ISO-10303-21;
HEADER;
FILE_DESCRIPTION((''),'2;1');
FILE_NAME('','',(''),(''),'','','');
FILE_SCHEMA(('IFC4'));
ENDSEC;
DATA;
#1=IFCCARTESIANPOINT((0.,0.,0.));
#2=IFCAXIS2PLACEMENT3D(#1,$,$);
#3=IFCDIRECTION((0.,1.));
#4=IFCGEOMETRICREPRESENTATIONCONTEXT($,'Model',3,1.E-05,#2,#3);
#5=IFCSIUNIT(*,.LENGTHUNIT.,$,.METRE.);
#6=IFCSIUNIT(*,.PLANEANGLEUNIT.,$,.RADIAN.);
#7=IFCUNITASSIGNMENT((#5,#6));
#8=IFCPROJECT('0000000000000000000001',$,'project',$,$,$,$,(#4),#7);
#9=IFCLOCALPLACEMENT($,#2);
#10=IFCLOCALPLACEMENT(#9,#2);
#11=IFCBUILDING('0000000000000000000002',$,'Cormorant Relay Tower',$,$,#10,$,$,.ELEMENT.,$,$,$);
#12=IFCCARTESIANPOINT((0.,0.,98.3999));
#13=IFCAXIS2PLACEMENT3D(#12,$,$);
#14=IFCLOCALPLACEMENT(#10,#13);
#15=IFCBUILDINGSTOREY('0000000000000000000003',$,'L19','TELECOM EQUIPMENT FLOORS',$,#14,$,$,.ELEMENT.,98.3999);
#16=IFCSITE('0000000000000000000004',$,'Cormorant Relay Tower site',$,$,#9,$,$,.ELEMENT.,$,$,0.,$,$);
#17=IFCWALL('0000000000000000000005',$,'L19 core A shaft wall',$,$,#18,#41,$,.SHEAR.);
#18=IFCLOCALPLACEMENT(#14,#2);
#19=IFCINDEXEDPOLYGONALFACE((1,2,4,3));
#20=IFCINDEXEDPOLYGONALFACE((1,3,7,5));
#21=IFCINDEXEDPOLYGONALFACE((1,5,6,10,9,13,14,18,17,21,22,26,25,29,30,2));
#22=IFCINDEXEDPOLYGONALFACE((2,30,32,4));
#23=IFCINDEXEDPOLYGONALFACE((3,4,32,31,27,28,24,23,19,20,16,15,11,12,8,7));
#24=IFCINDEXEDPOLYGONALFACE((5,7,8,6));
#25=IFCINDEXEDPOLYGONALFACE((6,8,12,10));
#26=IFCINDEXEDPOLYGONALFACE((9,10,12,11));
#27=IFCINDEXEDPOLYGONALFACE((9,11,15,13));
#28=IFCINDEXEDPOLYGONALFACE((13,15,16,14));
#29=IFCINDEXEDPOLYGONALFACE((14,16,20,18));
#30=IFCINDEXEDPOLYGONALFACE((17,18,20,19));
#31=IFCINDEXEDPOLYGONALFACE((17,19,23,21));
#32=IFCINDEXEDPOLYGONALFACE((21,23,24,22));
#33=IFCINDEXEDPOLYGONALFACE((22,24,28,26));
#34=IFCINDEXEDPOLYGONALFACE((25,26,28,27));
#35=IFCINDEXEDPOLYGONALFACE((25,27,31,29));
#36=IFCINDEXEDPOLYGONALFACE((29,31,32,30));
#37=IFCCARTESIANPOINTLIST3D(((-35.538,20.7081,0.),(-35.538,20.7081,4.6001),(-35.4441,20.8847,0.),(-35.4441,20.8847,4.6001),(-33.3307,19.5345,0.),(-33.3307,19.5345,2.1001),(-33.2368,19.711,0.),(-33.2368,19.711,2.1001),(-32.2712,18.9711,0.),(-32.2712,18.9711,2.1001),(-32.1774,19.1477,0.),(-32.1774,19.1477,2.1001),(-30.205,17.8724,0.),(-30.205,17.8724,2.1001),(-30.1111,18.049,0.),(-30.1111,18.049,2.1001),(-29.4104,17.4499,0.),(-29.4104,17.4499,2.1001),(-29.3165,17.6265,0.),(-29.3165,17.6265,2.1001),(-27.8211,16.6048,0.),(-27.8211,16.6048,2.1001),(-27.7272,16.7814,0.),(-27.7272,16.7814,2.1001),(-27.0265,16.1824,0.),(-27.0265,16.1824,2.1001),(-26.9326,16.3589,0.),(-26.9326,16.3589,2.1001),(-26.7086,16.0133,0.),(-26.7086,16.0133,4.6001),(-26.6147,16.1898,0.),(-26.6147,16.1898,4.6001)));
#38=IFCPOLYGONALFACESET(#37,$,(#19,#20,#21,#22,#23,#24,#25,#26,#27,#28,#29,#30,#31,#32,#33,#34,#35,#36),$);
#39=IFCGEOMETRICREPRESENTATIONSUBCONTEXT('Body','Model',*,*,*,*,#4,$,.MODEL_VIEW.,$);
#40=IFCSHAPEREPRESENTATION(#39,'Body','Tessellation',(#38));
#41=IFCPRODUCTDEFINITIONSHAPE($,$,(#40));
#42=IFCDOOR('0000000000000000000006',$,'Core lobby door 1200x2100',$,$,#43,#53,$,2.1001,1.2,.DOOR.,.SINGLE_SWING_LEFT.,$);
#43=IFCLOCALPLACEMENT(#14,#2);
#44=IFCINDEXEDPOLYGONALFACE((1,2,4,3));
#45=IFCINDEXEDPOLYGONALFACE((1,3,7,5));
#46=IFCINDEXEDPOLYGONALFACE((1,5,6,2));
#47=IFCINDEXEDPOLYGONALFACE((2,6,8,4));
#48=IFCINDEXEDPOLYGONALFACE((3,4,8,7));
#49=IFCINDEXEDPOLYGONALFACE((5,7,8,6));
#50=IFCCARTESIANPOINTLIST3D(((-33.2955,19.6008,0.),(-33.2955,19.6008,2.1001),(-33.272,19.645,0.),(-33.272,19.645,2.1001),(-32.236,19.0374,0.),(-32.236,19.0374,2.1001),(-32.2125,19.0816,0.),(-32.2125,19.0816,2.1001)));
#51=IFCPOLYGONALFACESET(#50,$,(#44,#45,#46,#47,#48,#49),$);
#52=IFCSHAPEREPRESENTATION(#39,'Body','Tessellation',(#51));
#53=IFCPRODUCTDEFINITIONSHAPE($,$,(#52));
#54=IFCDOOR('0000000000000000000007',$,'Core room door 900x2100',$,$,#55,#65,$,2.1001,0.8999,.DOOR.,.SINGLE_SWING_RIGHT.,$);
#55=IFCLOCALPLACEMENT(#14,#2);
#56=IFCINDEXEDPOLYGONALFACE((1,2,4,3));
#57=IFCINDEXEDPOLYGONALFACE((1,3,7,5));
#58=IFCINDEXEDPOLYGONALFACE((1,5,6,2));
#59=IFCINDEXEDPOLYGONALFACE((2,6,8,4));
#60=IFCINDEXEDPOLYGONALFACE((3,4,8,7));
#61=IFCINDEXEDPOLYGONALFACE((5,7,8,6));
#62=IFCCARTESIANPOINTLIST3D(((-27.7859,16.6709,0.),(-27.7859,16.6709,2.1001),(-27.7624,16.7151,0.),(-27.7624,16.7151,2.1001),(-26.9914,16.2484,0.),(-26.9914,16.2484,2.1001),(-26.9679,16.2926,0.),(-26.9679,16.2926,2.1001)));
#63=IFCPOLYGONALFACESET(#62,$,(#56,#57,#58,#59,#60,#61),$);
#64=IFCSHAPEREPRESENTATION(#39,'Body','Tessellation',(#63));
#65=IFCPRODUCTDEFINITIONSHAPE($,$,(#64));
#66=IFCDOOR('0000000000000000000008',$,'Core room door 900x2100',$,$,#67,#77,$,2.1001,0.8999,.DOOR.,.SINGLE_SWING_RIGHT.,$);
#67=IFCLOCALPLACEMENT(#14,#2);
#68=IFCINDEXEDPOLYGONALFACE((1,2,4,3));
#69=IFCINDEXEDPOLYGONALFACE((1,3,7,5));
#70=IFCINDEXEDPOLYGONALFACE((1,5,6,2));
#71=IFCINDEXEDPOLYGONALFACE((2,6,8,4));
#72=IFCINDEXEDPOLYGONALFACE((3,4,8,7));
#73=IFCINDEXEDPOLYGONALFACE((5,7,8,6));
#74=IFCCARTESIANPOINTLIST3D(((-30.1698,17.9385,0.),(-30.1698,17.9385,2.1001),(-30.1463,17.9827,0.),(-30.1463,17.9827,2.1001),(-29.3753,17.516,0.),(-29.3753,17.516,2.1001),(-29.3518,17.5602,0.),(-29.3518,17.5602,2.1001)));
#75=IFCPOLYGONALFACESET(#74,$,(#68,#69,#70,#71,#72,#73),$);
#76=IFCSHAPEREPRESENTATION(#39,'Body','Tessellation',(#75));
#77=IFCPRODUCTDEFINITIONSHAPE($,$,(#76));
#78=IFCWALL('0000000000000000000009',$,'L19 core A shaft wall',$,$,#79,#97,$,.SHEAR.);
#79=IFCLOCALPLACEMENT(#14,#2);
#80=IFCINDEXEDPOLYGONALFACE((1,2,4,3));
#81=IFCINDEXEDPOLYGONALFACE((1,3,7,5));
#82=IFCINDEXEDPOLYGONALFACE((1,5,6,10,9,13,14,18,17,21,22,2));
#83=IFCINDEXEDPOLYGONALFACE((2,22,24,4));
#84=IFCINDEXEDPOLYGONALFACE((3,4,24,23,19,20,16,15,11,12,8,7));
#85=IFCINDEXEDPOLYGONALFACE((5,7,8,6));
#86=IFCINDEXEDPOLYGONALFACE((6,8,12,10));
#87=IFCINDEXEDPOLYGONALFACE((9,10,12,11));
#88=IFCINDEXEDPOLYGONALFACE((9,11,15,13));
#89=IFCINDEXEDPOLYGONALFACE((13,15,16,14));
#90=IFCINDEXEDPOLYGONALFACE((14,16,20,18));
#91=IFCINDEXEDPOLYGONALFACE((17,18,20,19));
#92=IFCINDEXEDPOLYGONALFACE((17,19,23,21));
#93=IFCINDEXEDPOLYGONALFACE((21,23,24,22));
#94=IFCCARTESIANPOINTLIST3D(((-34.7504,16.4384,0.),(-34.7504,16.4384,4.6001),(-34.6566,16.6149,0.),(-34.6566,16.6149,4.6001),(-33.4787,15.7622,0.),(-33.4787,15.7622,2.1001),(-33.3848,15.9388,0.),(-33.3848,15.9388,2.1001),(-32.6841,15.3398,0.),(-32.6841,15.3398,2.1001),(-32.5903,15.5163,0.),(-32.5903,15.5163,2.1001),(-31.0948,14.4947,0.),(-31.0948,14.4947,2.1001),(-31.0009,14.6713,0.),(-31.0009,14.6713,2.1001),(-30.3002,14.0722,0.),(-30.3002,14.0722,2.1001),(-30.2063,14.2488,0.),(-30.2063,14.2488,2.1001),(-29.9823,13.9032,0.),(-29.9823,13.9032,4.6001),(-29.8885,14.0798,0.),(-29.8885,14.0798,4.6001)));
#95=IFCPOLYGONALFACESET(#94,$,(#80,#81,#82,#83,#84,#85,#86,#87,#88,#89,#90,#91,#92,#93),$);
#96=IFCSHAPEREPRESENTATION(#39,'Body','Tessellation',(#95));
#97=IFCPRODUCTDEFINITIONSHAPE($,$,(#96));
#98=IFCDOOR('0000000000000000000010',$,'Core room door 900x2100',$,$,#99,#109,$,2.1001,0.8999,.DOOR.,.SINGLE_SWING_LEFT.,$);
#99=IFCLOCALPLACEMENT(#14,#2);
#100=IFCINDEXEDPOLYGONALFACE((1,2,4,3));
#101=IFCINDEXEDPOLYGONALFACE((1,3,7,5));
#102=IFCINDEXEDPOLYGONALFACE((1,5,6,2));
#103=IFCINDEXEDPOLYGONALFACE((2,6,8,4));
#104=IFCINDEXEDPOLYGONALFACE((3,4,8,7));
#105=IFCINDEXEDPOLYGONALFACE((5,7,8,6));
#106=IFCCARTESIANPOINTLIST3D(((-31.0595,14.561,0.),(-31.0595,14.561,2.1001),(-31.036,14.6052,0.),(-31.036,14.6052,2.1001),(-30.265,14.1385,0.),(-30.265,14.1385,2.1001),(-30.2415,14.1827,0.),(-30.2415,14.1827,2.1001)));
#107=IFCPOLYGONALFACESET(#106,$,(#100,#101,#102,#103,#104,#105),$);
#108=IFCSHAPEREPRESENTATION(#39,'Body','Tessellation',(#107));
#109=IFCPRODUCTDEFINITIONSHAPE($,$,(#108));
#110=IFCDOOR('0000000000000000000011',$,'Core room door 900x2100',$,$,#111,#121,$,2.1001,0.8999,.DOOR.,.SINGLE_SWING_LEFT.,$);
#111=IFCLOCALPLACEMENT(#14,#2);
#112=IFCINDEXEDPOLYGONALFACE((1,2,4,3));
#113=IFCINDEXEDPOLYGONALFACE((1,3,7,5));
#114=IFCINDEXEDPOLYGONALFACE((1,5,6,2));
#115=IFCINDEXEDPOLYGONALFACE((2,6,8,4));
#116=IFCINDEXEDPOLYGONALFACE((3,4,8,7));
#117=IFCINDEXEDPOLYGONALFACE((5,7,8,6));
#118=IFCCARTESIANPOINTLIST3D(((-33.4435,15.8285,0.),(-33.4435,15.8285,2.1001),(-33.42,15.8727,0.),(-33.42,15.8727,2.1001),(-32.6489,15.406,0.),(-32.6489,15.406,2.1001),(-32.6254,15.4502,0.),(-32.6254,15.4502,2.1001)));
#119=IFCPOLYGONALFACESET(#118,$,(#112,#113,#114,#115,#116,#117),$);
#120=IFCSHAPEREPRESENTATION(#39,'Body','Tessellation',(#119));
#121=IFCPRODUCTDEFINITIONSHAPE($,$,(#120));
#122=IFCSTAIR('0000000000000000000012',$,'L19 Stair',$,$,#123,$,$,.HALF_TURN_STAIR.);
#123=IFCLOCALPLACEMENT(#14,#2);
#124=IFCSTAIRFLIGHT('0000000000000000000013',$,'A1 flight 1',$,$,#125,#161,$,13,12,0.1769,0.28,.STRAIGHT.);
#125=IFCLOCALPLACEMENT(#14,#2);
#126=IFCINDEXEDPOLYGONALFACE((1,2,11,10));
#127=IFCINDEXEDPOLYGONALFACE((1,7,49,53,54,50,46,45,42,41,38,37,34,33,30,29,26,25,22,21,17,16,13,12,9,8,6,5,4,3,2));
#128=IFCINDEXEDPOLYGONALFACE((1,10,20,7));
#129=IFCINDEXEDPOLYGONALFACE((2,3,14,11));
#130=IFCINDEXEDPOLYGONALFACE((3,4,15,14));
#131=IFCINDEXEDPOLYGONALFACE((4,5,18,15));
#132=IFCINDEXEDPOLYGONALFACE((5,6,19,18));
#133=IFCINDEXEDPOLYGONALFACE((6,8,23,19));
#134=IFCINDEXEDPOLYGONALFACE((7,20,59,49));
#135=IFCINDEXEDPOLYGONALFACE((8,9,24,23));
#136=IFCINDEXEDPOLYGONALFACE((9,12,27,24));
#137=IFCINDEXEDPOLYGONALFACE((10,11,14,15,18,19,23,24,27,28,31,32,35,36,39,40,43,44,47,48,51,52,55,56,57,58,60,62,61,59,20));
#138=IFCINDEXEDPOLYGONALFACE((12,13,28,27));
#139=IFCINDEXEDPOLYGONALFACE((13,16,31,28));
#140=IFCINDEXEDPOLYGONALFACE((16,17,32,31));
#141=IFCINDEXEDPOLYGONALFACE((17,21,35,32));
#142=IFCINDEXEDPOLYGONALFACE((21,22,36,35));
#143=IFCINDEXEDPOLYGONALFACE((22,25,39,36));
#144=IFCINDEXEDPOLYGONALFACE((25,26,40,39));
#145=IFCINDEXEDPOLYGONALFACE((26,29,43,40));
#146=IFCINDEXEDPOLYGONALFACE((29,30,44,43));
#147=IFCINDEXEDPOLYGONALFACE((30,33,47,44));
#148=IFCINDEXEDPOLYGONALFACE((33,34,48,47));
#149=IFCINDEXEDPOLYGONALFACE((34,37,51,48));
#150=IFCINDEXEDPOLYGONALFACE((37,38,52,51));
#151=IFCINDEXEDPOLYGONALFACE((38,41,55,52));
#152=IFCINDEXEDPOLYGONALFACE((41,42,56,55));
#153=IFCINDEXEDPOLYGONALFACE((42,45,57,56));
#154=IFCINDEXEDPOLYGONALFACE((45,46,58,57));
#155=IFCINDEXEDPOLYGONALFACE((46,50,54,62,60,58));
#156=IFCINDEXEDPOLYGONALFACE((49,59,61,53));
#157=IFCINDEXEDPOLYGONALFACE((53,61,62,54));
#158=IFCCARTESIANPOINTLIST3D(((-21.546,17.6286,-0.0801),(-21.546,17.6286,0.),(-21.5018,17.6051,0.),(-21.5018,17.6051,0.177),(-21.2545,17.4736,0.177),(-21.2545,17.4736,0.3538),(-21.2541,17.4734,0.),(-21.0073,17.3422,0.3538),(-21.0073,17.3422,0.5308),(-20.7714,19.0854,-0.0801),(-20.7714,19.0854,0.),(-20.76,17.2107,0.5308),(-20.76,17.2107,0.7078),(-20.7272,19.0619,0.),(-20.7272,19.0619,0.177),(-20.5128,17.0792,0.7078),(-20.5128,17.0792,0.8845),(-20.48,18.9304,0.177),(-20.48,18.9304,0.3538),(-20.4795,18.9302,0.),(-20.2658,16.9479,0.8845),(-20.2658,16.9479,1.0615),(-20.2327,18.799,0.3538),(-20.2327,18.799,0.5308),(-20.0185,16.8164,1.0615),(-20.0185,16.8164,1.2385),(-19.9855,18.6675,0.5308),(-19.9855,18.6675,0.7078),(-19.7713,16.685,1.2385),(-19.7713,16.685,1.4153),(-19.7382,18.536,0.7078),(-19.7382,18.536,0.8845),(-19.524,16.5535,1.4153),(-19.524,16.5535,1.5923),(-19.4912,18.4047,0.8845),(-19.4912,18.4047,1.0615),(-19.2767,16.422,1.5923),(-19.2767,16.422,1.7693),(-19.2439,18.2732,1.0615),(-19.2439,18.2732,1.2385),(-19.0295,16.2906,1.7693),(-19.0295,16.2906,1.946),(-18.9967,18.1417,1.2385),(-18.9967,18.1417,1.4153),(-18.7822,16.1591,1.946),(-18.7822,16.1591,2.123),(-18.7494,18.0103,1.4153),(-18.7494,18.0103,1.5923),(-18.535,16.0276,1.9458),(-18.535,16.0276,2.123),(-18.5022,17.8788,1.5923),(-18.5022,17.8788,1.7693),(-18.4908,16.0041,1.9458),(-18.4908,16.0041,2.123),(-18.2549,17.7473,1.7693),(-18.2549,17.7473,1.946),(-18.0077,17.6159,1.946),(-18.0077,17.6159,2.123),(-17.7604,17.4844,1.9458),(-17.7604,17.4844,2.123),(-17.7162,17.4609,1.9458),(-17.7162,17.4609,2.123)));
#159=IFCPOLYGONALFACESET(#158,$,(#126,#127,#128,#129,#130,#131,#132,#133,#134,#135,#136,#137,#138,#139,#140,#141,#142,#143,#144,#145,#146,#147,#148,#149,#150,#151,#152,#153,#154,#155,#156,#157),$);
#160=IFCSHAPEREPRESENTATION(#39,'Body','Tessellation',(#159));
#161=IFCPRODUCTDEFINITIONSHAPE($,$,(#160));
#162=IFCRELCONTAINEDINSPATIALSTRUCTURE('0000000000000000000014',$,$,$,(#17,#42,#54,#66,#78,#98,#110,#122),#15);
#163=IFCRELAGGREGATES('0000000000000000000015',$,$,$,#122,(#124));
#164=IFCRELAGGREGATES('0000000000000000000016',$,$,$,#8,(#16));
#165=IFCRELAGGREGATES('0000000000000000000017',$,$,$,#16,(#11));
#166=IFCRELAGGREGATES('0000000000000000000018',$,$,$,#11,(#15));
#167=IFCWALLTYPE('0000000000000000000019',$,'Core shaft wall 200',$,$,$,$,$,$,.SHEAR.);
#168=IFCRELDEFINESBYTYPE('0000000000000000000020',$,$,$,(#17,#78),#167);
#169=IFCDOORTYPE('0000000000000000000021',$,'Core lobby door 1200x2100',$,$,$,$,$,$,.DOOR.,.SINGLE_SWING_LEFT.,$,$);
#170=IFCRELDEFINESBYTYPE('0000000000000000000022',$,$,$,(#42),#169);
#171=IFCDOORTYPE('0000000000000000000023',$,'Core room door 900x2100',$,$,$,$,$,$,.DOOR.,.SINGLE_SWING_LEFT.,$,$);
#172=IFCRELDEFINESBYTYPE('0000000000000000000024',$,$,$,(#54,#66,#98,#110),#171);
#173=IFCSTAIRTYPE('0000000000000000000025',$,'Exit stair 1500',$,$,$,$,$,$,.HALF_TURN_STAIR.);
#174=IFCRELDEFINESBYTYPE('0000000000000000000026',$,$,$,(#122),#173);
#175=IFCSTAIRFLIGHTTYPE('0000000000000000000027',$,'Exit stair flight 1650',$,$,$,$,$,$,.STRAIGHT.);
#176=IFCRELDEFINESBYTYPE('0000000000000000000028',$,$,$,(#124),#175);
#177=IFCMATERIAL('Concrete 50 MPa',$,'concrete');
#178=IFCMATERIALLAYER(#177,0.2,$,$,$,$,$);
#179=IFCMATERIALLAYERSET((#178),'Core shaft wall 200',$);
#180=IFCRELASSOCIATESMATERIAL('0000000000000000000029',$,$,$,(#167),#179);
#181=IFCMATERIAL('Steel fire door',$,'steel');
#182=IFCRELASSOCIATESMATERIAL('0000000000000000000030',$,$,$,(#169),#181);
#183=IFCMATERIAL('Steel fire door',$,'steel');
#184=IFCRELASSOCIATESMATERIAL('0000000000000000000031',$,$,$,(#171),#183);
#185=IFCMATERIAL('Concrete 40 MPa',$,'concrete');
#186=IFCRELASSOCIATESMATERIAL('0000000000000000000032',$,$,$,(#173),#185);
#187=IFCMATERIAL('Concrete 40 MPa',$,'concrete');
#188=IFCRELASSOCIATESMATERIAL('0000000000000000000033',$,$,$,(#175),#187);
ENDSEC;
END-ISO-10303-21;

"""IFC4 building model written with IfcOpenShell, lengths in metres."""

from ifc_helpers import new_model, si_unit, direction, frame, frame_2d, origin, place, context, subcontext, project, spatial, polyline, rectangle, outline, extrude, material, layer, layer_set, type_object, element, fill, aggregate, save


model = new_model("IFC4")

# Units and contexts
model_context = context("Model", 3, precision=1e-05, world=origin(), true_north=direction((0.0, 1.0)))
body_context = subcontext(model_context, "Body", "Model", "MODEL_VIEW")
ifc_project = project(units=[si_unit("LENGTHUNIT", "METRE"), si_unit("PLANEANGLEUNIT", "RADIAN")], contexts=[model_context])

# Site, building, storey
site_placement = place(None, origin())
site = spatial("IfcSite", under=ifc_project, at=site_placement, Name="Cormorant Relay Tower site", CompositionType="ELEMENT", RefElevation=0.0)
building_placement = place(site_placement, origin())
building = spatial("IfcBuilding", under=site, at=building_placement, Name="Cormorant Relay Tower", CompositionType="ELEMENT")
storey_placement = place(building_placement, frame((0.0, 0.0, 98.3999)))
storey = spatial("IfcBuildingStorey", under=building, at=storey_placement, Name="L19", Description="TELECOM EQUIPMENT FLOORS", CompositionType="ELEMENT", Elevation=98.3999)

# Shared definitions
ifc_material_1 = material(Name="Concrete 50 MPa", Category="concrete")
ifc_layer_1 = layer(ifc_material_1, 0.2)
ifc_layer_set_1 = layer_set([ifc_layer_1], Name="Core shaft wall 200")
wall_type_1 = type_object("IfcWallType", Name="Core shaft wall 200", PredefinedType="SHEAR", material=ifc_layer_set_1)

# Walls, openings, doors
wall_1_placement = place(storey_placement, frame((-26.6616, 16.1016, 0.0), z_axis=(0.0, 0.0, 1.0), x_axis=(-0.88294, 0.469485, 0.0)))
wall_1 = element("IfcWall", 1, at=wall_1_placement, inside=storey, type_object=wall_type_1, Name="L19 core A shaft wall", PredefinedType="SHEAR", context=body_context, shape_type="SweptSolid", body=[
    extrude(rectangle(XDim=10.0, YDim=0.2, at=frame_2d((5.0, 0.0))), origin(), (0.0, 0.0, 1.0), 4.6001),
])
opening_1_placement = place(wall_1_placement, frame((6.3, 0.0, 0.0)))
opening_1 = element("IfcOpeningElement", 2, at=opening_1_placement, cuts=wall_1, PredefinedType="OPENING", context=body_context, shape_type="SweptSolid", body=[
    extrude(rectangle(XDim=1.2, YDim=2.1001, at=frame_2d((0.6001, 1.05))), frame((0.0, 0.1099, 0.0), z_axis=(0.0, -1.0, 0.0), x_axis=(1.0, 0.0, 0.0)), (0.0, 0.0, 1.0), 0.22),
])
opening_2_placement = place(wall_1_placement, frame((0.3601, 0.0, 0.0)))
opening_2 = element("IfcOpeningElement", 3, at=opening_2_placement, cuts=wall_1, PredefinedType="OPENING", context=body_context, shape_type="SweptSolid", body=[
    extrude(rectangle(XDim=0.8999, YDim=2.1001, at=frame_2d((0.45, 1.05))), frame((0.0, 0.1099, 0.0), z_axis=(0.0, -1.0, 0.0), x_axis=(1.0, 0.0, 0.0)), (0.0, 0.0, 1.0), 0.22),
])
opening_3_placement = place(wall_1_placement, frame((3.0601, 0.0, 0.0)))
opening_3 = element("IfcOpeningElement", 4, at=opening_3_placement, cuts=wall_1, PredefinedType="OPENING", context=body_context, shape_type="SweptSolid", body=[
    extrude(rectangle(XDim=0.8999, YDim=2.1001, at=frame_2d((0.45, 1.05))), frame((0.0, 0.1099, 0.0), z_axis=(0.0, -1.0, 0.0), x_axis=(1.0, 0.0, 0.0)), (0.0, 0.0, 1.0), 0.22),
])
ifc_material_2 = material(Name="Steel fire door", Category="steel")
door_type_1 = type_object("IfcDoorType", Name="Core lobby door 1200x2100", OperationType="SINGLE_SWING_LEFT", PredefinedType="DOOR", material=ifc_material_2)
door_1_placement = place(opening_1_placement, origin())
door_1 = element("IfcDoor", 5, at=door_1_placement, inside=storey, type_object=door_type_1, Name="Core lobby door 1200x2100", OperationType="SINGLE_SWING_LEFT", OverallHeight=2.1001, OverallWidth=1.2, PredefinedType="DOOR", context=body_context, shape_type="SweptSolid", body=[
    extrude(rectangle(XDim=1.2, YDim=2.1001, at=frame_2d((0.6001, 1.05))), frame((0.0, 0.0249, 0.0), z_axis=(0.0, -1.0, 0.0), x_axis=(1.0, 0.0, 0.0)), (0.0, 0.0, 1.0), 0.05),
])
fill(opening_1, door_1)
ifc_material_3 = material(Name="Steel fire door", Category="steel")
door_type_2 = type_object("IfcDoorType", Name="Core room door 900x2100", OperationType="SINGLE_SWING_LEFT", PredefinedType="DOOR", material=ifc_material_3)
door_2_placement = place(opening_2_placement, frame((0.8999, 0.0, 0.0), z_axis=(0.0, 0.0, 1.0), x_axis=(-1.0, 0.0, 0.0)))
door_2 = element("IfcDoor", 6, at=door_2_placement, inside=storey, type_object=door_type_2, Name="Core room door 900x2100", OperationType="SINGLE_SWING_RIGHT", OverallHeight=2.1001, OverallWidth=0.8999, PredefinedType="DOOR", context=body_context, shape_type="SweptSolid", body=[
    extrude(rectangle(XDim=0.8999, YDim=2.1001, at=frame_2d((0.45, 1.05))), frame((0.0, 0.0249, 0.0), z_axis=(0.0, -1.0, 0.0), x_axis=(1.0, 0.0, 0.0)), (0.0, 0.0, 1.0), 0.05),
])
fill(opening_2, door_2)
door_3_placement = place(opening_3_placement, frame((0.8999, 0.0, 0.0), z_axis=(0.0, 0.0, 1.0), x_axis=(-1.0, 0.0, 0.0)))
door_3 = element("IfcDoor", 7, at=door_3_placement, inside=storey, type_object=door_type_2, Name="Core room door 900x2100", OperationType="SINGLE_SWING_RIGHT", OverallHeight=2.1001, OverallWidth=0.8999, PredefinedType="DOOR", context=body_context, shape_type="SweptSolid", body=[
    extrude(rectangle(XDim=0.8999, YDim=2.1001, at=frame_2d((0.45, 1.05))), frame((0.0, 0.0249, 0.0), z_axis=(0.0, -1.0, 0.0), x_axis=(1.0, 0.0, 0.0)), (0.0, 0.0, 1.0), 0.05),
])
fill(opening_3, door_3)
wall_2_placement = place(storey_placement, frame((-29.9353, 13.9915, 0.0), z_axis=(0.0, 0.0, 1.0), x_axis=(-0.882953, 0.469462, 0.0)))
wall_2 = element("IfcWall", 8, at=wall_2_placement, inside=storey, type_object=wall_type_1, Name="L19 core A shaft wall", PredefinedType="SHEAR", context=body_context, shape_type="SweptSolid", body=[
    extrude(rectangle(XDim=5.4001, YDim=0.2, at=frame_2d((2.7002, 0.0))), origin(), (0.0, 0.0, 1.0), 4.6001),
])
opening_4_placement = place(wall_2_placement, frame((0.3601, 0.0, 0.0)))
opening_4 = element("IfcOpeningElement", 9, at=opening_4_placement, cuts=wall_2, PredefinedType="OPENING", context=body_context, shape_type="SweptSolid", body=[
    extrude(rectangle(XDim=0.8999, YDim=2.1001, at=frame_2d((0.45, 1.05))), frame((0.0, 0.1099, 0.0), z_axis=(0.0, -1.0, 0.0), x_axis=(1.0, 0.0, 0.0)), (0.0, 0.0, 1.0), 0.22),
])
opening_5_placement = place(wall_2_placement, frame((3.0601, 0.0, 0.0)))
opening_5 = element("IfcOpeningElement", 10, at=opening_5_placement, cuts=wall_2, PredefinedType="OPENING", context=body_context, shape_type="SweptSolid", body=[
    extrude(rectangle(XDim=0.8999, YDim=2.1001, at=frame_2d((0.45, 1.05))), frame((0.0, 0.1099, 0.0), z_axis=(0.0, -1.0, 0.0), x_axis=(1.0, 0.0, 0.0)), (0.0, 0.0, 1.0), 0.22),
])
door_4_placement = place(opening_4_placement, origin())
door_4 = element("IfcDoor", 11, at=door_4_placement, inside=storey, type_object=door_type_2, Name="Core room door 900x2100", OperationType="SINGLE_SWING_LEFT", OverallHeight=2.1001, OverallWidth=0.8999, PredefinedType="DOOR", context=body_context, shape_type="SweptSolid", body=[
    extrude(rectangle(XDim=0.8999, YDim=2.1001, at=frame_2d((0.45, 1.05))), frame((0.0, 0.0249, 0.0), z_axis=(0.0, -1.0, 0.0), x_axis=(1.0, 0.0, 0.0)), (0.0, 0.0, 1.0), 0.05),
])
fill(opening_4, door_4)
door_5_placement = place(opening_5_placement, origin())
door_5 = element("IfcDoor", 12, at=door_5_placement, inside=storey, type_object=door_type_2, Name="Core room door 900x2100", OperationType="SINGLE_SWING_LEFT", OverallHeight=2.1001, OverallWidth=0.8999, PredefinedType="DOOR", context=body_context, shape_type="SweptSolid", body=[
    extrude(rectangle(XDim=0.8999, YDim=2.1001, at=frame_2d((0.45, 1.05))), frame((0.0, 0.0249, 0.0), z_axis=(0.0, -1.0, 0.0), x_axis=(1.0, 0.0, 0.0)), (0.0, 0.0, 1.0), 0.05),
])
fill(opening_5, door_5)

# Stair, stair flight
ifc_material_4 = material(Name="Concrete 40 MPa", Category="concrete")
stair_type = type_object("IfcStairType", Name="Exit stair 1500", PredefinedType="HALF_TURN_STAIR", material=ifc_material_4)
stair_placement = place(storey_placement, origin())
stair = element("IfcStair", 13, at=stair_placement, inside=storey, type_object=stair_type, Name="L19 Stair", PredefinedType="HALF_TURN_STAIR")
ifc_material_5 = material(Name="Concrete 40 MPa", Category="concrete")
stair_flight_type = type_object("IfcStairFlightType", Name="Exit stair flight 1650", PredefinedType="STRAIGHT", material=ifc_material_5)
stair_flight_placement = place(storey_placement, frame((-21.1145, 18.3335, 0.0), z_axis=(0.0, 0.0, 1.0), x_axis=(0.882948, -0.469472, 0.0)))
stair_flight = element("IfcStairFlight", 14, at=stair_flight_placement, type_object=stair_flight_type, Name="A1 flight 1", NumberOfRisers=13, NumberOfTreads=12, PredefinedType="STRAIGHT", RiserHeight=0.1769, TreadLength=0.28, context=body_context, shape_type="SweptSolid", body=[
    extrude(outline(polyline([(-0.05, -0.0801), (-0.05, 0.0), (0.0, 0.0), (0.0, 0.177), (0.28, 0.177), (0.28, 0.3538), (0.5601, 0.3538), (0.5601, 0.5308), (0.8401, 0.5308), (0.8401, 0.7078), (1.1201, 0.7078), (1.1201, 0.8845), (1.3999, 0.8845), (1.3999, 1.0615), (1.6799, 1.0615), (1.6799, 1.2385), (1.96, 1.2385), (1.96, 1.4153), (2.24, 1.4153), (2.24, 1.5923), (2.52, 1.5923), (2.52, 1.7693), (2.8, 1.7693), (2.8, 1.946), (3.0801, 1.946), (3.0801, 2.123), (3.3601, 2.123), (3.4102, 2.123), (3.4102, 1.9458), (3.3601, 1.9458), (0.2805, 0.0), (-0.05, -0.0801)])), frame((0.0, 0.825, 0.0), z_axis=(0.0, -1.0, 0.0), x_axis=(1.0, 0.0, 0.0)), (0.0, 0.0, 1.0), 1.6499),
])
aggregate(stair, [stair_flight])

save(model, "model.ifc")
